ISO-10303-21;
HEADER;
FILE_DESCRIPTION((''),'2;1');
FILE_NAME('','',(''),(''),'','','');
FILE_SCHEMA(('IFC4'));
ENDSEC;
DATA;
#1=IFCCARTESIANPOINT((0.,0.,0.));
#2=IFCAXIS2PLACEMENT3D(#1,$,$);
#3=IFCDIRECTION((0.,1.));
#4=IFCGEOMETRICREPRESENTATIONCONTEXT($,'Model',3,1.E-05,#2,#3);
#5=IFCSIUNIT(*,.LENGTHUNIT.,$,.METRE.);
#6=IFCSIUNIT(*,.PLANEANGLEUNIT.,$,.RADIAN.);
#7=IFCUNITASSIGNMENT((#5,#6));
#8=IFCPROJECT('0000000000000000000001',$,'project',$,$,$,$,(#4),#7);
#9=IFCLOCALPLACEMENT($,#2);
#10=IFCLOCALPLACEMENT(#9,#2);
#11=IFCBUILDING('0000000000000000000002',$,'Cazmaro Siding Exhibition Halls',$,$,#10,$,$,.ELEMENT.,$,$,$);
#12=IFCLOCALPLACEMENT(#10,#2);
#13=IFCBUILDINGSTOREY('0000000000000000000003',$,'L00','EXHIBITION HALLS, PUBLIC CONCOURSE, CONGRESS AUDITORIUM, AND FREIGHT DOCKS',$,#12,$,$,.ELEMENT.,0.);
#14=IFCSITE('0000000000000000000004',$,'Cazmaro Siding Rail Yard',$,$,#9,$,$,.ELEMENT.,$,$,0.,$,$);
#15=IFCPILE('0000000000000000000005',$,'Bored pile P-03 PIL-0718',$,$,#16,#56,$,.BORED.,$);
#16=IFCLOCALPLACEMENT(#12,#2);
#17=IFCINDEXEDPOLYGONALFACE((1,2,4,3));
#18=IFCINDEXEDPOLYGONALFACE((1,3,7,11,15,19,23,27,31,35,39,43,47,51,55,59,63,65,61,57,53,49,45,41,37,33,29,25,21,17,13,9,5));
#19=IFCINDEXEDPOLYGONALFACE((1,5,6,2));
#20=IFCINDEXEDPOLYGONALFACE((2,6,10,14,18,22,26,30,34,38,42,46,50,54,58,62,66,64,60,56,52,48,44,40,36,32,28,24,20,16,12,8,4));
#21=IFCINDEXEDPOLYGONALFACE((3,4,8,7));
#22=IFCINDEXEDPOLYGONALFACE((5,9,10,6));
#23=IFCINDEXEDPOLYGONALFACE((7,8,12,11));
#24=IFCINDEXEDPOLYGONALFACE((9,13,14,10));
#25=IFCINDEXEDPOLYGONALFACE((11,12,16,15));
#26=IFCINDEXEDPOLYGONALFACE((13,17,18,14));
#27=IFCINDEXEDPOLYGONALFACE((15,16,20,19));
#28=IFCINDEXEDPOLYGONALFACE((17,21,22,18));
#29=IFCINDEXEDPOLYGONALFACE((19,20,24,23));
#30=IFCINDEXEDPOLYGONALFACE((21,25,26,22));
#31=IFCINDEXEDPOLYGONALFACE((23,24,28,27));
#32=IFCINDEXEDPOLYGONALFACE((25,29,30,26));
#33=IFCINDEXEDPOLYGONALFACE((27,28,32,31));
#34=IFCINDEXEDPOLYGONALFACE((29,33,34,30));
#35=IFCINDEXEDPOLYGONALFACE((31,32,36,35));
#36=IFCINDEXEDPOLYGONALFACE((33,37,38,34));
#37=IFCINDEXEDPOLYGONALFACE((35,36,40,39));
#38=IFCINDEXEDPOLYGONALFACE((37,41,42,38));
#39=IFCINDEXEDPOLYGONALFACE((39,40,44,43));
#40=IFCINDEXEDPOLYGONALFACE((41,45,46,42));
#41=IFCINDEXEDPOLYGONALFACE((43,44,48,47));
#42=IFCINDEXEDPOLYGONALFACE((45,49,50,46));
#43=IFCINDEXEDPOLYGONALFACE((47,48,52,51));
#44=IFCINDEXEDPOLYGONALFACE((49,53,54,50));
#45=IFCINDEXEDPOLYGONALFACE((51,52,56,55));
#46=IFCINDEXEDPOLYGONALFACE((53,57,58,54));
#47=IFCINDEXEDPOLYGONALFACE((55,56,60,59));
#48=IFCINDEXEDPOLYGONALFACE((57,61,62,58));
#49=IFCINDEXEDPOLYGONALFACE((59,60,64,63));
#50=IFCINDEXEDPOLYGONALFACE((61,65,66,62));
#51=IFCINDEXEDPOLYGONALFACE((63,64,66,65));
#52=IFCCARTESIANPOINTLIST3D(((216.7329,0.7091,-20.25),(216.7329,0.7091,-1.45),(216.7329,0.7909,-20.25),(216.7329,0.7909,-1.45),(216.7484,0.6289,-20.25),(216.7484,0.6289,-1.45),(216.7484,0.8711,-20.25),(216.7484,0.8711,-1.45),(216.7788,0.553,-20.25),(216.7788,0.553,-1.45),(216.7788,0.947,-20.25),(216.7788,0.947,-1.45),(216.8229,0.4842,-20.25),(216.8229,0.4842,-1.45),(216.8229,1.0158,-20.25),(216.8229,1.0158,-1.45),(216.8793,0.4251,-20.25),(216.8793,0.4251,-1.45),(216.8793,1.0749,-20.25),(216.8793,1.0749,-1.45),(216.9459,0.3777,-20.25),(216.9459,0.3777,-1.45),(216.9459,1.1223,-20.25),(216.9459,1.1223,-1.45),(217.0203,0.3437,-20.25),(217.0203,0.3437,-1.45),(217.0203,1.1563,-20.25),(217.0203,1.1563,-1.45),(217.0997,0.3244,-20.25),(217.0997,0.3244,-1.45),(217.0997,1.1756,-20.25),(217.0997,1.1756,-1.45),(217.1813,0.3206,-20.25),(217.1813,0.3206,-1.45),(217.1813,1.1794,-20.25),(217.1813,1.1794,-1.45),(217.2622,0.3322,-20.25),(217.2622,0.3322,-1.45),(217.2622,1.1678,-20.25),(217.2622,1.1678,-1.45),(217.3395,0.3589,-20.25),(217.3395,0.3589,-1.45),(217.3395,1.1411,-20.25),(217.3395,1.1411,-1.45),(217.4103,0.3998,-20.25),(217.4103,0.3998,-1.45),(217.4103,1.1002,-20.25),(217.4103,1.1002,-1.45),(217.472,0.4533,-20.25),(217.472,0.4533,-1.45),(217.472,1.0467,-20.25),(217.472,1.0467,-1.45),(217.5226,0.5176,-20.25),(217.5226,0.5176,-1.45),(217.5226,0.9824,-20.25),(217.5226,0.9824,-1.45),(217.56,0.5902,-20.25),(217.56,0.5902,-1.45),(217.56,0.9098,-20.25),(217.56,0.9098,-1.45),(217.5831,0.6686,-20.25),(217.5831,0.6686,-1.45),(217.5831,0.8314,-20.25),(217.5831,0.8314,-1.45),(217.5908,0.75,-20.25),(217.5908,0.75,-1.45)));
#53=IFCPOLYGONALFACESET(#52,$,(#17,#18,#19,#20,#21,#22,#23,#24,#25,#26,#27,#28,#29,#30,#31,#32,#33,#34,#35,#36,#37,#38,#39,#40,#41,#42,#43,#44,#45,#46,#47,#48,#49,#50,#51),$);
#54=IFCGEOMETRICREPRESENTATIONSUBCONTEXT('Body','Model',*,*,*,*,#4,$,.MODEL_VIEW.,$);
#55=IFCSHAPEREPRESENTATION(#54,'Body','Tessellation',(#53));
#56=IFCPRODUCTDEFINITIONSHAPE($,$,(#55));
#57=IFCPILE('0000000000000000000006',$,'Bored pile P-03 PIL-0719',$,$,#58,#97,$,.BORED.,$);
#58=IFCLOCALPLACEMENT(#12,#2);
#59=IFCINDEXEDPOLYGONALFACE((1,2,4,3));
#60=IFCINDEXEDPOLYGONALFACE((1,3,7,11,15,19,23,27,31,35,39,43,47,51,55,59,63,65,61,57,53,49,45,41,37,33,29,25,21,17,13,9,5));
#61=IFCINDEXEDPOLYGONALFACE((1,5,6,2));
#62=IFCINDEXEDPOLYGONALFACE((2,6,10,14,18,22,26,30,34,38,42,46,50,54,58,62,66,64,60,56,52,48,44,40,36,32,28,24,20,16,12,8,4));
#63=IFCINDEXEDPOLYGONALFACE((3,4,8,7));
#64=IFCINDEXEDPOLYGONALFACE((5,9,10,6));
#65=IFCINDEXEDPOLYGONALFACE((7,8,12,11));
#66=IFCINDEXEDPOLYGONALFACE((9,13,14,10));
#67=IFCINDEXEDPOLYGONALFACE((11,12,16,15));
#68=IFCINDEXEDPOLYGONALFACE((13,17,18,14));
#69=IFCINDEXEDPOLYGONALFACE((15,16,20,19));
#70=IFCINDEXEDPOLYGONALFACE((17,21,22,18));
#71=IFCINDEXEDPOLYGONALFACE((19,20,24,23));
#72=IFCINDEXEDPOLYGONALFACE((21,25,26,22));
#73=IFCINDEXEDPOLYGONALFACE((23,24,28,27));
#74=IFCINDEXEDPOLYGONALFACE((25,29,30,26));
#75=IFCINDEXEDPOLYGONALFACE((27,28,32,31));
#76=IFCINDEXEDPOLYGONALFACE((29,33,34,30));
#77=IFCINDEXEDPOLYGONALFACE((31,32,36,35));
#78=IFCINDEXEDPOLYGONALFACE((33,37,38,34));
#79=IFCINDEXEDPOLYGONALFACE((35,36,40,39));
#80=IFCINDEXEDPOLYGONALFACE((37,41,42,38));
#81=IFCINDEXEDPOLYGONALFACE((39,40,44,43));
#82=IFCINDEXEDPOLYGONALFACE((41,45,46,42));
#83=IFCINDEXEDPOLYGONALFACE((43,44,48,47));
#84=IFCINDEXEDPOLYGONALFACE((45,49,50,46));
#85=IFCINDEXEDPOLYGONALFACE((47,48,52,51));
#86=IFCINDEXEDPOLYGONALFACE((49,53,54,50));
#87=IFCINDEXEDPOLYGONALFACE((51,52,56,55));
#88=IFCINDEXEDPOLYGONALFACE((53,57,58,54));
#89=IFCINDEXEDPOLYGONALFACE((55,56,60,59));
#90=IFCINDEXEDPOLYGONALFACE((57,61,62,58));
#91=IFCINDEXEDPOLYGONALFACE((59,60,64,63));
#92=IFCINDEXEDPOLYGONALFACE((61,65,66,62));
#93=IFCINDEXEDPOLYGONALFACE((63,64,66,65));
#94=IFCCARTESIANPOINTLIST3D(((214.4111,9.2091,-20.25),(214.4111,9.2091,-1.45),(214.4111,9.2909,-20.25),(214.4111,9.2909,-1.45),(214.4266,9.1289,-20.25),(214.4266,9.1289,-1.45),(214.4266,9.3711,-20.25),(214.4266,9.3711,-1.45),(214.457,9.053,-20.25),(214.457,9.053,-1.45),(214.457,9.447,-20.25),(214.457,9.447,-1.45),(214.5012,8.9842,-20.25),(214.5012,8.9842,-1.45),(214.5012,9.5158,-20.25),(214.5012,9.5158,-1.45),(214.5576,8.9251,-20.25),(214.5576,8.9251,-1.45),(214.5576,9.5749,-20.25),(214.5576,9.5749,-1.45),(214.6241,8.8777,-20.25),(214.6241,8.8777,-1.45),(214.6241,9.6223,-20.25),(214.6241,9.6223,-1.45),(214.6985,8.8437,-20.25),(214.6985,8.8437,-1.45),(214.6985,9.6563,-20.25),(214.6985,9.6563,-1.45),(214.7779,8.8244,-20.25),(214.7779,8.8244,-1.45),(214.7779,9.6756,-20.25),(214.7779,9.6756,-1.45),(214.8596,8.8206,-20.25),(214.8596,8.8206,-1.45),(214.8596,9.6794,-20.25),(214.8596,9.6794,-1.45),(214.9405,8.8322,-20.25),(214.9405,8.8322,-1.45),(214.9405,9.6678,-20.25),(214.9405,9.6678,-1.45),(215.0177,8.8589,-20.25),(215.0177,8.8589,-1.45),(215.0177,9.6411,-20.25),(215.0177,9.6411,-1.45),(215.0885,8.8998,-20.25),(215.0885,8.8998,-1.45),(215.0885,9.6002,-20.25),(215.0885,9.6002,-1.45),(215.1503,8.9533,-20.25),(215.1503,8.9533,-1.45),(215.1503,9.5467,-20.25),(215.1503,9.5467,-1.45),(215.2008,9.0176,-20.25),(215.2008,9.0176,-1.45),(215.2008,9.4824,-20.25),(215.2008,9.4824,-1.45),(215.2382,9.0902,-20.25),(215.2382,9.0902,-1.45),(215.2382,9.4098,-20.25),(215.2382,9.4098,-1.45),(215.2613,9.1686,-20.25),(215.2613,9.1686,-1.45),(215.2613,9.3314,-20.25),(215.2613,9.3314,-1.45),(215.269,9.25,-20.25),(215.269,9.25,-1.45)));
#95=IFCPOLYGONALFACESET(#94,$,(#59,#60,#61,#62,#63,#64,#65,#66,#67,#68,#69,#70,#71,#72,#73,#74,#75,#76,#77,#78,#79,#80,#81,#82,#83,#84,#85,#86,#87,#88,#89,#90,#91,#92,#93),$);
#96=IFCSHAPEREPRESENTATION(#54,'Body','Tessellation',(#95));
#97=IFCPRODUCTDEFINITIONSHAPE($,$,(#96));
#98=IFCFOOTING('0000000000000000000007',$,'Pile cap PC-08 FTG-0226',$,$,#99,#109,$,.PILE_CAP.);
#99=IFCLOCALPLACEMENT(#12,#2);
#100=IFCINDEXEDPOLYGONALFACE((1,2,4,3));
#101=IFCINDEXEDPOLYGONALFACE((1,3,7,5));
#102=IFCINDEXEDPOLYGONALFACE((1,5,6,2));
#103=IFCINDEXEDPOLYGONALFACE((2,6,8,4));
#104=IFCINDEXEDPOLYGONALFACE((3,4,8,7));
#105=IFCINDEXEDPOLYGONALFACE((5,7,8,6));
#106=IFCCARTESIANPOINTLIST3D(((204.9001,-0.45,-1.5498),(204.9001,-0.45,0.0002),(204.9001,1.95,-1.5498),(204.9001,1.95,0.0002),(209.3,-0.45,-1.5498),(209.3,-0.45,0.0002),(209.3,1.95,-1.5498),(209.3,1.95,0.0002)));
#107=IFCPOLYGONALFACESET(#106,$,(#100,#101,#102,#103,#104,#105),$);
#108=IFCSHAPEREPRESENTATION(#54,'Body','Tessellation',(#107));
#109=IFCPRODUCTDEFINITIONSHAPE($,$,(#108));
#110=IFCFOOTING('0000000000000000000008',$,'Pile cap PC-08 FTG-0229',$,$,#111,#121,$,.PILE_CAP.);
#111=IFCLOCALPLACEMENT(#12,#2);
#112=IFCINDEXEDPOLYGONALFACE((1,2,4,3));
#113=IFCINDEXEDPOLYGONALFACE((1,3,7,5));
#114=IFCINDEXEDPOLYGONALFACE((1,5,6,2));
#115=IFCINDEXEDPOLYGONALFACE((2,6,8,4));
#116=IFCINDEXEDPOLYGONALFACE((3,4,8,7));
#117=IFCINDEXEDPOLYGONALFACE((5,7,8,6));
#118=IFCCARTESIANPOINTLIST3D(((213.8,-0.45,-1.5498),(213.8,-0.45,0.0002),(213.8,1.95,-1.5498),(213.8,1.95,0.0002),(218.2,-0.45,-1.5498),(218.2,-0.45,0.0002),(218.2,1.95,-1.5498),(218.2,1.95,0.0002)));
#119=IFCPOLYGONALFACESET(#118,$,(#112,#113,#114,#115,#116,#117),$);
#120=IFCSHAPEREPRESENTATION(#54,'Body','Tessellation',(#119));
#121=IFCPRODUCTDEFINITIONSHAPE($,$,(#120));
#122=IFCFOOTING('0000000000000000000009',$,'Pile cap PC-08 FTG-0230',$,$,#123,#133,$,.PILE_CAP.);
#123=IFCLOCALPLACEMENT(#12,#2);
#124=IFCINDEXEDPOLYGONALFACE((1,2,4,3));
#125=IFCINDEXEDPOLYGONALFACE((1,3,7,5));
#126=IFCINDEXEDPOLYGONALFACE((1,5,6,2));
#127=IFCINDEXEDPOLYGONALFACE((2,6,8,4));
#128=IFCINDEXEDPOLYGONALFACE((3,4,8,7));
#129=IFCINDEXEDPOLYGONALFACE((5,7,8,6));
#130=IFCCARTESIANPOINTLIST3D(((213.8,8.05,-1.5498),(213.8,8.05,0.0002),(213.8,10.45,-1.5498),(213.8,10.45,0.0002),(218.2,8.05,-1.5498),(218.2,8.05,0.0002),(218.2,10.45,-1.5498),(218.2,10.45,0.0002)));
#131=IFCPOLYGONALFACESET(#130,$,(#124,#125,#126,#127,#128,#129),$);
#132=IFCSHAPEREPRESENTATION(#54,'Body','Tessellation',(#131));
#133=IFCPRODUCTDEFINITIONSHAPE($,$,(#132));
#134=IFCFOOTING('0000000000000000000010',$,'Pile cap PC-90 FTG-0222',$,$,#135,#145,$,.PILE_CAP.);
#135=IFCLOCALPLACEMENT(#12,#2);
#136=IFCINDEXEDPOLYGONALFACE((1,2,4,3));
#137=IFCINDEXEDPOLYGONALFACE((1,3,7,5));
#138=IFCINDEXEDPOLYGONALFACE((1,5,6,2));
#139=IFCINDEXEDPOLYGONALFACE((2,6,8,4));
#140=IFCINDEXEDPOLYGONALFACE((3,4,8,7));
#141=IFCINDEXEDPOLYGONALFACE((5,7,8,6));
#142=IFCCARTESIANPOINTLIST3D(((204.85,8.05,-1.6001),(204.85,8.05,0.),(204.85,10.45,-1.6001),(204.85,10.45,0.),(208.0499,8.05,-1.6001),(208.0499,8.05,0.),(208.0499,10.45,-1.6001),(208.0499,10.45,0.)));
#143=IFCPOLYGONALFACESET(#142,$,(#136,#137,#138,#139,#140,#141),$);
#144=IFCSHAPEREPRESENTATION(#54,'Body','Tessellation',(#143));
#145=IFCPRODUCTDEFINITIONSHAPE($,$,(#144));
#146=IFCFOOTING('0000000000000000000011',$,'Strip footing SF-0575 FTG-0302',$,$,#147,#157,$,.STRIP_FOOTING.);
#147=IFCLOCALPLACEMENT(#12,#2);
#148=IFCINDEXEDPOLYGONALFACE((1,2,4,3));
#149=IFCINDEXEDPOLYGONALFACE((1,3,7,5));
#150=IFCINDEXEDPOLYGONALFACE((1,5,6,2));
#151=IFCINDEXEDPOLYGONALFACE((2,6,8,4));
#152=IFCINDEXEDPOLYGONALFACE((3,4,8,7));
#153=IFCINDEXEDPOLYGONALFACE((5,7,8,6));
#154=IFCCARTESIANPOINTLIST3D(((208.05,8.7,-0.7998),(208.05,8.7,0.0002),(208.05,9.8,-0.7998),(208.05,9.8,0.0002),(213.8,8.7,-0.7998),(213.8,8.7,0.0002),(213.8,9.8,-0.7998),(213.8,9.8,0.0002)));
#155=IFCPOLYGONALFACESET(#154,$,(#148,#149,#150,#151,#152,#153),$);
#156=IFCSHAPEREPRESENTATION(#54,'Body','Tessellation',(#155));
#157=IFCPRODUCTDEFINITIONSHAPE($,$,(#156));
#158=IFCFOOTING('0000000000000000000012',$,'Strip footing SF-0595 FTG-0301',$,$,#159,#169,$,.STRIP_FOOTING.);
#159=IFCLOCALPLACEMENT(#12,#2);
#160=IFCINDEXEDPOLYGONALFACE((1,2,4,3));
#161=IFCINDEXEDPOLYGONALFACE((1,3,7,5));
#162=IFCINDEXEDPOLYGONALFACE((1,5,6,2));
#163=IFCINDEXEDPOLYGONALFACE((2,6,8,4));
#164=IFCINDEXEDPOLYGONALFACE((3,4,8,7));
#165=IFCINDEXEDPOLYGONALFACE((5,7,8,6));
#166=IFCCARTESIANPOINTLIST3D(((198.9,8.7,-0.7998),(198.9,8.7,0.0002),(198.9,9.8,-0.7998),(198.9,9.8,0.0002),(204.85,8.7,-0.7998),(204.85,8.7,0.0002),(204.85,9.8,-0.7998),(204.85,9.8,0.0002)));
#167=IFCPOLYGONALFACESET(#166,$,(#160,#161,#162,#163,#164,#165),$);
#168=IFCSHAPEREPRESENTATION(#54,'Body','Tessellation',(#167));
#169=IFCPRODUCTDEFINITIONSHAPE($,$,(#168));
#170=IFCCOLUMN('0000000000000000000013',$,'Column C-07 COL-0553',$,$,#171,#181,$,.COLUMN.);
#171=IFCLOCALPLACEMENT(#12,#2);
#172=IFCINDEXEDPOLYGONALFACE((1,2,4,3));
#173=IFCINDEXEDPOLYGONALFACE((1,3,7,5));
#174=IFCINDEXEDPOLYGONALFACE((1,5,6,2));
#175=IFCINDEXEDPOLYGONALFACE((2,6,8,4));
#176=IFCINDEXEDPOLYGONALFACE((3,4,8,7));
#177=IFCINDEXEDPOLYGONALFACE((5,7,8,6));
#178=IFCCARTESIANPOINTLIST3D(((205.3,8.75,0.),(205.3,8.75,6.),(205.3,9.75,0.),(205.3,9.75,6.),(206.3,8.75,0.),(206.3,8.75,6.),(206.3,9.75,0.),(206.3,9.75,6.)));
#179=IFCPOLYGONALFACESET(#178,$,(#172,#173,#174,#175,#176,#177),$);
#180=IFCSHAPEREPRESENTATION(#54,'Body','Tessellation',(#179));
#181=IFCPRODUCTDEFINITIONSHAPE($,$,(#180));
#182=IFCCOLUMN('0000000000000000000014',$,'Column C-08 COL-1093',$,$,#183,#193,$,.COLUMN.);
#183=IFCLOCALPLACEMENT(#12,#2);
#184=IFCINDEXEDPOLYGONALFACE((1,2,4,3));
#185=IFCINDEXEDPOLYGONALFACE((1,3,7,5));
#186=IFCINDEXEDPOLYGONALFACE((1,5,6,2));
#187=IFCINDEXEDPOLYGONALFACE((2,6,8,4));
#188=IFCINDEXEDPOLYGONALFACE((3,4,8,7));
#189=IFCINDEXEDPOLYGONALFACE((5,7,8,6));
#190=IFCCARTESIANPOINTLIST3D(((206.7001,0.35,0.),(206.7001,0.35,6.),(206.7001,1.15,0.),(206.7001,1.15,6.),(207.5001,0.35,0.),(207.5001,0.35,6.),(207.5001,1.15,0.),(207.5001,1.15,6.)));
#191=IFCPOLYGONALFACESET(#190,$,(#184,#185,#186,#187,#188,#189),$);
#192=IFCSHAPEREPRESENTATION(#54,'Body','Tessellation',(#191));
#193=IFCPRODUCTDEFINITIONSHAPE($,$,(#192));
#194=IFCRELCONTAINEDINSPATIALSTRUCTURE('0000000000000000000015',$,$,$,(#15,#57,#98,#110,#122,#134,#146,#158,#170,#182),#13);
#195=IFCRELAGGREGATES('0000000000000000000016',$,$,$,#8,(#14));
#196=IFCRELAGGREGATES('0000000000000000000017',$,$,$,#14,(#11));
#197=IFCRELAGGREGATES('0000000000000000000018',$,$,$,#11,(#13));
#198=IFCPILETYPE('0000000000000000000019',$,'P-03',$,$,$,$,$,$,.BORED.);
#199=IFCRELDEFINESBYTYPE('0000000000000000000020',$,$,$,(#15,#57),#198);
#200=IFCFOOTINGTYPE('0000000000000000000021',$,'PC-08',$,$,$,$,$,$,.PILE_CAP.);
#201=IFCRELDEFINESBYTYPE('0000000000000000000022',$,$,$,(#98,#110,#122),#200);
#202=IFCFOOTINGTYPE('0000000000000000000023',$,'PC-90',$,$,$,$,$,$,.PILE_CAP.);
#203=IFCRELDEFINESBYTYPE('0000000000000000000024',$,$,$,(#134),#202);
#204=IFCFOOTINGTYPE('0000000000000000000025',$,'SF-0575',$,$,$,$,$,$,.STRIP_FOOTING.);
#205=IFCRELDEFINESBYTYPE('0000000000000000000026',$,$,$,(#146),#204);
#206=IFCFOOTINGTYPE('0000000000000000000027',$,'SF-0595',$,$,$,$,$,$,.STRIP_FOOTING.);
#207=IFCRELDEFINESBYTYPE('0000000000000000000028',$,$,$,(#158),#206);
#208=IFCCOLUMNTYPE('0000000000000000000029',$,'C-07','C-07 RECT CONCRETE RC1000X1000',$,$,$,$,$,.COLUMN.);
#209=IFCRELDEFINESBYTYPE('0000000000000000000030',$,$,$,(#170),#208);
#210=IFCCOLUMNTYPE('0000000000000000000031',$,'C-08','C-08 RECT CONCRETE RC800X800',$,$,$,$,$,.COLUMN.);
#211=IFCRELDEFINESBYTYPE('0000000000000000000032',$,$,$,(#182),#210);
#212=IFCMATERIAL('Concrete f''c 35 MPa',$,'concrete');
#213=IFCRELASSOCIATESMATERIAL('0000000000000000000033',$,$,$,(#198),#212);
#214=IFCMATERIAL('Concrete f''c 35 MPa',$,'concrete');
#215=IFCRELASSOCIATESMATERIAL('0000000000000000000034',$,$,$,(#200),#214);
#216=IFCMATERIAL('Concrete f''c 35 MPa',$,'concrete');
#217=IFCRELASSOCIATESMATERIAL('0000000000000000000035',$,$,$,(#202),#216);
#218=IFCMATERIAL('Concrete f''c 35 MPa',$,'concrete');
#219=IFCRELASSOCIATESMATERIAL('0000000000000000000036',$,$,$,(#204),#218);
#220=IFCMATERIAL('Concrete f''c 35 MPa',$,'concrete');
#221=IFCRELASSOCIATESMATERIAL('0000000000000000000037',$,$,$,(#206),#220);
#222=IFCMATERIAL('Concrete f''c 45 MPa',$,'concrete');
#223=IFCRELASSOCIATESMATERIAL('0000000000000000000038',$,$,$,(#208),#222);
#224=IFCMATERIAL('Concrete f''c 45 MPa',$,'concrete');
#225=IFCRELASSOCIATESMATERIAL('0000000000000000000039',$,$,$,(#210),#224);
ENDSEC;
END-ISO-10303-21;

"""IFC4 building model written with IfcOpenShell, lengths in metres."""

from ifc_helpers import new_model, si_unit, direction, frame, origin, origin_2d, place, context, subcontext, project, spatial, rectangle, circle, extrude, material, material_profile, profile_set, type_object, element, save


model = new_model("IFC4")

# Units and contexts
model_context = context("Model", 3, precision=1e-05, world=origin(), true_north=direction((0.0, 1.0)))
body_context = subcontext(model_context, "Body", "Model", "MODEL_VIEW")
ifc_project = project(units=[si_unit("LENGTHUNIT", "METRE"), si_unit("PLANEANGLEUNIT", "RADIAN")], contexts=[model_context])

# Site, building, storey
site_placement = place(None, origin())
site = spatial("IfcSite", under=ifc_project, at=site_placement, Name="Cazmaro Siding Rail Yard", CompositionType="ELEMENT", RefElevation=0.0)
building_placement = place(site_placement, origin())
building = spatial("IfcBuilding", under=site, at=building_placement, Name="Cazmaro Siding Exhibition Halls", CompositionType="ELEMENT")
storey_placement = place(building_placement, origin())
storey = spatial("IfcBuildingStorey", under=building, at=storey_placement, Name="L00", Description="EXHIBITION HALLS, PUBLIC CONCOURSE, CONGRESS AUDITORIUM, AND FREIGHT DOCKS", CompositionType="ELEMENT", Elevation=0.0)

# Piles
ifc_material_1 = material(Name="Concrete f'c 35 MPa", Category="concrete")
ifc_material_profile_1 = material_profile(ifc_material_1, circle(Radius=0.4299, at=origin_2d()), Name="CIDH-860")
ifc_profile_set_1 = profile_set([ifc_material_profile_1], Name="Concrete f'c 35 MPa")
pile_type = type_object("IfcPileType", Name="P-03", PredefinedType="BORED", material=ifc_profile_set_1)
for number, where, z_axis, x_axis, name in (
    (1, (217.1609, 0.75, -1.45), (0.0, 0.0, -1.0), (1.0, 0.0, 0.0), "Bored pile P-03 PIL-0718"),
    (2, (214.8391, 9.25, -1.45), (0.0, 0.0, -1.0), (1.0, 0.0, 0.0), "Bored pile P-03 PIL-0719"),
):
    element("IfcPile", number, at=place(storey_placement, frame(where, z_axis=z_axis, x_axis=x_axis)), inside=storey, type_object=pile_type, Name=name, PredefinedType="BORED", context=body_context, shape_type="SweptSolid", body=[
        extrude(circle(Radius=0.4299, at=origin_2d()), origin(), (0.0, 0.0, 1.0), 18.8),
    ])

# Footings
ifc_material_2 = material(Name="Concrete f'c 35 MPa", Category="concrete")
footing_type_1 = type_object("IfcFootingType", Name="PC-08", PredefinedType="PILE_CAP", material=ifc_material_2)
for number, where, z_axis, x_axis, name in (
    (3, (207.1001, 0.75, -1.5498), (0.0, 0.0, 1.0), (1.0, 0.0, 0.0), "Pile cap PC-08 FTG-0226"),
    (4, (216.0, 0.75, -1.5498), (0.0, 0.0, 1.0), (1.0, 0.0, 0.0), "Pile cap PC-08 FTG-0229"),
    (5, (216.0, 9.25, -1.5498), (0.0, 0.0, 1.0), (1.0, 0.0, 0.0), "Pile cap PC-08 FTG-0230"),
):
    element("IfcFooting", number, at=place(storey_placement, frame(where, z_axis=z_axis, x_axis=x_axis)), inside=storey, type_object=footing_type_1, Name=name, PredefinedType="PILE_CAP", context=body_context, shape_type="SweptSolid", body=[
        extrude(rectangle(XDim=4.3999, YDim=2.3999, at=origin_2d()), origin(), (0.0, 0.0, 1.0), 1.55),
    ])
ifc_material_3 = material(Name="Concrete f'c 35 MPa", Category="concrete")
footing_type_2 = type_object("IfcFootingType", Name="PC-90", PredefinedType="PILE_CAP", material=ifc_material_3)
footing_1_placement = place(storey_placement, frame((206.45, 9.25, -1.6001), z_axis=(0.0, 0.0, 1.0), x_axis=(1.0, 0.0, 0.0)))
element("IfcFooting", 6, at=footing_1_placement, inside=storey, type_object=footing_type_2, Name="Pile cap PC-90 FTG-0222", PredefinedType="PILE_CAP", context=body_context, shape_type="SweptSolid", body=[
    extrude(rectangle(XDim=3.2, YDim=2.3999, at=origin_2d()), origin(), (0.0, 0.0, 1.0), 1.6001),
])
ifc_material_4 = material(Name="Concrete f'c 35 MPa", Category="concrete")
footing_type_3 = type_object("IfcFootingType", Name="SF-0575", PredefinedType="STRIP_FOOTING", material=ifc_material_4)
footing_2_placement = place(storey_placement, frame((210.925, 9.25, -0.7998), z_axis=(0.0, 0.0, 1.0), x_axis=(1.0, 0.0, 0.0)))
element("IfcFooting", 7, at=footing_2_placement, inside=storey, type_object=footing_type_3, Name="Strip footing SF-0575 FTG-0302", PredefinedType="STRIP_FOOTING", context=body_context, shape_type="SweptSolid", body=[
    extrude(rectangle(XDim=5.75, YDim=1.1001, at=origin_2d()), origin(), (0.0, 0.0, 1.0), 0.8),
])
ifc_material_5 = material(Name="Concrete f'c 35 MPa", Category="concrete")
footing_type_4 = type_object("IfcFootingType", Name="SF-0595", PredefinedType="STRIP_FOOTING", material=ifc_material_5)
footing_3_placement = place(storey_placement, frame((201.875, 9.25, -0.7998), z_axis=(0.0, 0.0, 1.0), x_axis=(1.0, 0.0, 0.0)))
element("IfcFooting", 8, at=footing_3_placement, inside=storey, type_object=footing_type_4, Name="Strip footing SF-0595 FTG-0301", PredefinedType="STRIP_FOOTING", context=body_context, shape_type="SweptSolid", body=[
    extrude(rectangle(XDim=5.95, YDim=1.1001, at=origin_2d()), origin(), (0.0, 0.0, 1.0), 0.8),
])

# Columns
ifc_material_6 = material(Name="Concrete f'c 45 MPa", Category="concrete")
ifc_material_profile_2 = material_profile(ifc_material_6, rectangle(XDim=1.0, YDim=1.0, at=origin_2d()), Name="RC1000X1000")
ifc_profile_set_2 = profile_set([ifc_material_profile_2], Name="Concrete f'c 45 MPa")
column_type_1 = type_object("IfcColumnType", Name="C-07", Description="C-07 RECT CONCRETE RC1000X1000", PredefinedType="COLUMN", material=ifc_profile_set_2)
column_placement = place(storey_placement, frame((205.8, 9.25, 0.0), z_axis=(0.0, 0.0, 1.0), x_axis=(1.0, 0.0, 0.0)))
element("IfcColumn", 9, at=column_placement, inside=storey, type_object=column_type_1, Name="Column C-07 COL-0553", PredefinedType="COLUMN", context=body_context, shape_type="SweptSolid", body=[
    extrude(rectangle(XDim=1.0, YDim=1.0, at=origin_2d()), origin(), (0.0, 0.0, 1.0), 6.0),
])
ifc_material_7 = material(Name="Concrete f'c 45 MPa", Category="concrete")
ifc_material_profile_3 = material_profile(ifc_material_7, rectangle(XDim=0.8, YDim=0.8, at=origin_2d()), Name="RC800X800")
ifc_profile_set_3 = profile_set([ifc_material_profile_3], Name="Concrete f'c 45 MPa")
column_type_2 = type_object("IfcColumnType", Name="C-08", Description="C-08 RECT CONCRETE RC800X800", PredefinedType="COLUMN", material=ifc_profile_set_3)
for number, where, z_axis, x_axis, name in (
    (10, (207.1001, 0.75, 0.0), (0.0, 0.0, 1.0), (1.0, 0.0, 0.0), "Column C-08 COL-1093"),
):
    element("IfcColumn", number, at=place(storey_placement, frame(where, z_axis=z_axis, x_axis=x_axis)), inside=storey, type_object=column_type_2, Name=name, PredefinedType="COLUMN", context=body_context, shape_type="SweptSolid", body=[
        extrude(rectangle(XDim=0.8, YDim=0.8, at=origin_2d()), origin(), (0.0, 0.0, 1.0), 6.0),
    ])

save(model, "model.ifc")
